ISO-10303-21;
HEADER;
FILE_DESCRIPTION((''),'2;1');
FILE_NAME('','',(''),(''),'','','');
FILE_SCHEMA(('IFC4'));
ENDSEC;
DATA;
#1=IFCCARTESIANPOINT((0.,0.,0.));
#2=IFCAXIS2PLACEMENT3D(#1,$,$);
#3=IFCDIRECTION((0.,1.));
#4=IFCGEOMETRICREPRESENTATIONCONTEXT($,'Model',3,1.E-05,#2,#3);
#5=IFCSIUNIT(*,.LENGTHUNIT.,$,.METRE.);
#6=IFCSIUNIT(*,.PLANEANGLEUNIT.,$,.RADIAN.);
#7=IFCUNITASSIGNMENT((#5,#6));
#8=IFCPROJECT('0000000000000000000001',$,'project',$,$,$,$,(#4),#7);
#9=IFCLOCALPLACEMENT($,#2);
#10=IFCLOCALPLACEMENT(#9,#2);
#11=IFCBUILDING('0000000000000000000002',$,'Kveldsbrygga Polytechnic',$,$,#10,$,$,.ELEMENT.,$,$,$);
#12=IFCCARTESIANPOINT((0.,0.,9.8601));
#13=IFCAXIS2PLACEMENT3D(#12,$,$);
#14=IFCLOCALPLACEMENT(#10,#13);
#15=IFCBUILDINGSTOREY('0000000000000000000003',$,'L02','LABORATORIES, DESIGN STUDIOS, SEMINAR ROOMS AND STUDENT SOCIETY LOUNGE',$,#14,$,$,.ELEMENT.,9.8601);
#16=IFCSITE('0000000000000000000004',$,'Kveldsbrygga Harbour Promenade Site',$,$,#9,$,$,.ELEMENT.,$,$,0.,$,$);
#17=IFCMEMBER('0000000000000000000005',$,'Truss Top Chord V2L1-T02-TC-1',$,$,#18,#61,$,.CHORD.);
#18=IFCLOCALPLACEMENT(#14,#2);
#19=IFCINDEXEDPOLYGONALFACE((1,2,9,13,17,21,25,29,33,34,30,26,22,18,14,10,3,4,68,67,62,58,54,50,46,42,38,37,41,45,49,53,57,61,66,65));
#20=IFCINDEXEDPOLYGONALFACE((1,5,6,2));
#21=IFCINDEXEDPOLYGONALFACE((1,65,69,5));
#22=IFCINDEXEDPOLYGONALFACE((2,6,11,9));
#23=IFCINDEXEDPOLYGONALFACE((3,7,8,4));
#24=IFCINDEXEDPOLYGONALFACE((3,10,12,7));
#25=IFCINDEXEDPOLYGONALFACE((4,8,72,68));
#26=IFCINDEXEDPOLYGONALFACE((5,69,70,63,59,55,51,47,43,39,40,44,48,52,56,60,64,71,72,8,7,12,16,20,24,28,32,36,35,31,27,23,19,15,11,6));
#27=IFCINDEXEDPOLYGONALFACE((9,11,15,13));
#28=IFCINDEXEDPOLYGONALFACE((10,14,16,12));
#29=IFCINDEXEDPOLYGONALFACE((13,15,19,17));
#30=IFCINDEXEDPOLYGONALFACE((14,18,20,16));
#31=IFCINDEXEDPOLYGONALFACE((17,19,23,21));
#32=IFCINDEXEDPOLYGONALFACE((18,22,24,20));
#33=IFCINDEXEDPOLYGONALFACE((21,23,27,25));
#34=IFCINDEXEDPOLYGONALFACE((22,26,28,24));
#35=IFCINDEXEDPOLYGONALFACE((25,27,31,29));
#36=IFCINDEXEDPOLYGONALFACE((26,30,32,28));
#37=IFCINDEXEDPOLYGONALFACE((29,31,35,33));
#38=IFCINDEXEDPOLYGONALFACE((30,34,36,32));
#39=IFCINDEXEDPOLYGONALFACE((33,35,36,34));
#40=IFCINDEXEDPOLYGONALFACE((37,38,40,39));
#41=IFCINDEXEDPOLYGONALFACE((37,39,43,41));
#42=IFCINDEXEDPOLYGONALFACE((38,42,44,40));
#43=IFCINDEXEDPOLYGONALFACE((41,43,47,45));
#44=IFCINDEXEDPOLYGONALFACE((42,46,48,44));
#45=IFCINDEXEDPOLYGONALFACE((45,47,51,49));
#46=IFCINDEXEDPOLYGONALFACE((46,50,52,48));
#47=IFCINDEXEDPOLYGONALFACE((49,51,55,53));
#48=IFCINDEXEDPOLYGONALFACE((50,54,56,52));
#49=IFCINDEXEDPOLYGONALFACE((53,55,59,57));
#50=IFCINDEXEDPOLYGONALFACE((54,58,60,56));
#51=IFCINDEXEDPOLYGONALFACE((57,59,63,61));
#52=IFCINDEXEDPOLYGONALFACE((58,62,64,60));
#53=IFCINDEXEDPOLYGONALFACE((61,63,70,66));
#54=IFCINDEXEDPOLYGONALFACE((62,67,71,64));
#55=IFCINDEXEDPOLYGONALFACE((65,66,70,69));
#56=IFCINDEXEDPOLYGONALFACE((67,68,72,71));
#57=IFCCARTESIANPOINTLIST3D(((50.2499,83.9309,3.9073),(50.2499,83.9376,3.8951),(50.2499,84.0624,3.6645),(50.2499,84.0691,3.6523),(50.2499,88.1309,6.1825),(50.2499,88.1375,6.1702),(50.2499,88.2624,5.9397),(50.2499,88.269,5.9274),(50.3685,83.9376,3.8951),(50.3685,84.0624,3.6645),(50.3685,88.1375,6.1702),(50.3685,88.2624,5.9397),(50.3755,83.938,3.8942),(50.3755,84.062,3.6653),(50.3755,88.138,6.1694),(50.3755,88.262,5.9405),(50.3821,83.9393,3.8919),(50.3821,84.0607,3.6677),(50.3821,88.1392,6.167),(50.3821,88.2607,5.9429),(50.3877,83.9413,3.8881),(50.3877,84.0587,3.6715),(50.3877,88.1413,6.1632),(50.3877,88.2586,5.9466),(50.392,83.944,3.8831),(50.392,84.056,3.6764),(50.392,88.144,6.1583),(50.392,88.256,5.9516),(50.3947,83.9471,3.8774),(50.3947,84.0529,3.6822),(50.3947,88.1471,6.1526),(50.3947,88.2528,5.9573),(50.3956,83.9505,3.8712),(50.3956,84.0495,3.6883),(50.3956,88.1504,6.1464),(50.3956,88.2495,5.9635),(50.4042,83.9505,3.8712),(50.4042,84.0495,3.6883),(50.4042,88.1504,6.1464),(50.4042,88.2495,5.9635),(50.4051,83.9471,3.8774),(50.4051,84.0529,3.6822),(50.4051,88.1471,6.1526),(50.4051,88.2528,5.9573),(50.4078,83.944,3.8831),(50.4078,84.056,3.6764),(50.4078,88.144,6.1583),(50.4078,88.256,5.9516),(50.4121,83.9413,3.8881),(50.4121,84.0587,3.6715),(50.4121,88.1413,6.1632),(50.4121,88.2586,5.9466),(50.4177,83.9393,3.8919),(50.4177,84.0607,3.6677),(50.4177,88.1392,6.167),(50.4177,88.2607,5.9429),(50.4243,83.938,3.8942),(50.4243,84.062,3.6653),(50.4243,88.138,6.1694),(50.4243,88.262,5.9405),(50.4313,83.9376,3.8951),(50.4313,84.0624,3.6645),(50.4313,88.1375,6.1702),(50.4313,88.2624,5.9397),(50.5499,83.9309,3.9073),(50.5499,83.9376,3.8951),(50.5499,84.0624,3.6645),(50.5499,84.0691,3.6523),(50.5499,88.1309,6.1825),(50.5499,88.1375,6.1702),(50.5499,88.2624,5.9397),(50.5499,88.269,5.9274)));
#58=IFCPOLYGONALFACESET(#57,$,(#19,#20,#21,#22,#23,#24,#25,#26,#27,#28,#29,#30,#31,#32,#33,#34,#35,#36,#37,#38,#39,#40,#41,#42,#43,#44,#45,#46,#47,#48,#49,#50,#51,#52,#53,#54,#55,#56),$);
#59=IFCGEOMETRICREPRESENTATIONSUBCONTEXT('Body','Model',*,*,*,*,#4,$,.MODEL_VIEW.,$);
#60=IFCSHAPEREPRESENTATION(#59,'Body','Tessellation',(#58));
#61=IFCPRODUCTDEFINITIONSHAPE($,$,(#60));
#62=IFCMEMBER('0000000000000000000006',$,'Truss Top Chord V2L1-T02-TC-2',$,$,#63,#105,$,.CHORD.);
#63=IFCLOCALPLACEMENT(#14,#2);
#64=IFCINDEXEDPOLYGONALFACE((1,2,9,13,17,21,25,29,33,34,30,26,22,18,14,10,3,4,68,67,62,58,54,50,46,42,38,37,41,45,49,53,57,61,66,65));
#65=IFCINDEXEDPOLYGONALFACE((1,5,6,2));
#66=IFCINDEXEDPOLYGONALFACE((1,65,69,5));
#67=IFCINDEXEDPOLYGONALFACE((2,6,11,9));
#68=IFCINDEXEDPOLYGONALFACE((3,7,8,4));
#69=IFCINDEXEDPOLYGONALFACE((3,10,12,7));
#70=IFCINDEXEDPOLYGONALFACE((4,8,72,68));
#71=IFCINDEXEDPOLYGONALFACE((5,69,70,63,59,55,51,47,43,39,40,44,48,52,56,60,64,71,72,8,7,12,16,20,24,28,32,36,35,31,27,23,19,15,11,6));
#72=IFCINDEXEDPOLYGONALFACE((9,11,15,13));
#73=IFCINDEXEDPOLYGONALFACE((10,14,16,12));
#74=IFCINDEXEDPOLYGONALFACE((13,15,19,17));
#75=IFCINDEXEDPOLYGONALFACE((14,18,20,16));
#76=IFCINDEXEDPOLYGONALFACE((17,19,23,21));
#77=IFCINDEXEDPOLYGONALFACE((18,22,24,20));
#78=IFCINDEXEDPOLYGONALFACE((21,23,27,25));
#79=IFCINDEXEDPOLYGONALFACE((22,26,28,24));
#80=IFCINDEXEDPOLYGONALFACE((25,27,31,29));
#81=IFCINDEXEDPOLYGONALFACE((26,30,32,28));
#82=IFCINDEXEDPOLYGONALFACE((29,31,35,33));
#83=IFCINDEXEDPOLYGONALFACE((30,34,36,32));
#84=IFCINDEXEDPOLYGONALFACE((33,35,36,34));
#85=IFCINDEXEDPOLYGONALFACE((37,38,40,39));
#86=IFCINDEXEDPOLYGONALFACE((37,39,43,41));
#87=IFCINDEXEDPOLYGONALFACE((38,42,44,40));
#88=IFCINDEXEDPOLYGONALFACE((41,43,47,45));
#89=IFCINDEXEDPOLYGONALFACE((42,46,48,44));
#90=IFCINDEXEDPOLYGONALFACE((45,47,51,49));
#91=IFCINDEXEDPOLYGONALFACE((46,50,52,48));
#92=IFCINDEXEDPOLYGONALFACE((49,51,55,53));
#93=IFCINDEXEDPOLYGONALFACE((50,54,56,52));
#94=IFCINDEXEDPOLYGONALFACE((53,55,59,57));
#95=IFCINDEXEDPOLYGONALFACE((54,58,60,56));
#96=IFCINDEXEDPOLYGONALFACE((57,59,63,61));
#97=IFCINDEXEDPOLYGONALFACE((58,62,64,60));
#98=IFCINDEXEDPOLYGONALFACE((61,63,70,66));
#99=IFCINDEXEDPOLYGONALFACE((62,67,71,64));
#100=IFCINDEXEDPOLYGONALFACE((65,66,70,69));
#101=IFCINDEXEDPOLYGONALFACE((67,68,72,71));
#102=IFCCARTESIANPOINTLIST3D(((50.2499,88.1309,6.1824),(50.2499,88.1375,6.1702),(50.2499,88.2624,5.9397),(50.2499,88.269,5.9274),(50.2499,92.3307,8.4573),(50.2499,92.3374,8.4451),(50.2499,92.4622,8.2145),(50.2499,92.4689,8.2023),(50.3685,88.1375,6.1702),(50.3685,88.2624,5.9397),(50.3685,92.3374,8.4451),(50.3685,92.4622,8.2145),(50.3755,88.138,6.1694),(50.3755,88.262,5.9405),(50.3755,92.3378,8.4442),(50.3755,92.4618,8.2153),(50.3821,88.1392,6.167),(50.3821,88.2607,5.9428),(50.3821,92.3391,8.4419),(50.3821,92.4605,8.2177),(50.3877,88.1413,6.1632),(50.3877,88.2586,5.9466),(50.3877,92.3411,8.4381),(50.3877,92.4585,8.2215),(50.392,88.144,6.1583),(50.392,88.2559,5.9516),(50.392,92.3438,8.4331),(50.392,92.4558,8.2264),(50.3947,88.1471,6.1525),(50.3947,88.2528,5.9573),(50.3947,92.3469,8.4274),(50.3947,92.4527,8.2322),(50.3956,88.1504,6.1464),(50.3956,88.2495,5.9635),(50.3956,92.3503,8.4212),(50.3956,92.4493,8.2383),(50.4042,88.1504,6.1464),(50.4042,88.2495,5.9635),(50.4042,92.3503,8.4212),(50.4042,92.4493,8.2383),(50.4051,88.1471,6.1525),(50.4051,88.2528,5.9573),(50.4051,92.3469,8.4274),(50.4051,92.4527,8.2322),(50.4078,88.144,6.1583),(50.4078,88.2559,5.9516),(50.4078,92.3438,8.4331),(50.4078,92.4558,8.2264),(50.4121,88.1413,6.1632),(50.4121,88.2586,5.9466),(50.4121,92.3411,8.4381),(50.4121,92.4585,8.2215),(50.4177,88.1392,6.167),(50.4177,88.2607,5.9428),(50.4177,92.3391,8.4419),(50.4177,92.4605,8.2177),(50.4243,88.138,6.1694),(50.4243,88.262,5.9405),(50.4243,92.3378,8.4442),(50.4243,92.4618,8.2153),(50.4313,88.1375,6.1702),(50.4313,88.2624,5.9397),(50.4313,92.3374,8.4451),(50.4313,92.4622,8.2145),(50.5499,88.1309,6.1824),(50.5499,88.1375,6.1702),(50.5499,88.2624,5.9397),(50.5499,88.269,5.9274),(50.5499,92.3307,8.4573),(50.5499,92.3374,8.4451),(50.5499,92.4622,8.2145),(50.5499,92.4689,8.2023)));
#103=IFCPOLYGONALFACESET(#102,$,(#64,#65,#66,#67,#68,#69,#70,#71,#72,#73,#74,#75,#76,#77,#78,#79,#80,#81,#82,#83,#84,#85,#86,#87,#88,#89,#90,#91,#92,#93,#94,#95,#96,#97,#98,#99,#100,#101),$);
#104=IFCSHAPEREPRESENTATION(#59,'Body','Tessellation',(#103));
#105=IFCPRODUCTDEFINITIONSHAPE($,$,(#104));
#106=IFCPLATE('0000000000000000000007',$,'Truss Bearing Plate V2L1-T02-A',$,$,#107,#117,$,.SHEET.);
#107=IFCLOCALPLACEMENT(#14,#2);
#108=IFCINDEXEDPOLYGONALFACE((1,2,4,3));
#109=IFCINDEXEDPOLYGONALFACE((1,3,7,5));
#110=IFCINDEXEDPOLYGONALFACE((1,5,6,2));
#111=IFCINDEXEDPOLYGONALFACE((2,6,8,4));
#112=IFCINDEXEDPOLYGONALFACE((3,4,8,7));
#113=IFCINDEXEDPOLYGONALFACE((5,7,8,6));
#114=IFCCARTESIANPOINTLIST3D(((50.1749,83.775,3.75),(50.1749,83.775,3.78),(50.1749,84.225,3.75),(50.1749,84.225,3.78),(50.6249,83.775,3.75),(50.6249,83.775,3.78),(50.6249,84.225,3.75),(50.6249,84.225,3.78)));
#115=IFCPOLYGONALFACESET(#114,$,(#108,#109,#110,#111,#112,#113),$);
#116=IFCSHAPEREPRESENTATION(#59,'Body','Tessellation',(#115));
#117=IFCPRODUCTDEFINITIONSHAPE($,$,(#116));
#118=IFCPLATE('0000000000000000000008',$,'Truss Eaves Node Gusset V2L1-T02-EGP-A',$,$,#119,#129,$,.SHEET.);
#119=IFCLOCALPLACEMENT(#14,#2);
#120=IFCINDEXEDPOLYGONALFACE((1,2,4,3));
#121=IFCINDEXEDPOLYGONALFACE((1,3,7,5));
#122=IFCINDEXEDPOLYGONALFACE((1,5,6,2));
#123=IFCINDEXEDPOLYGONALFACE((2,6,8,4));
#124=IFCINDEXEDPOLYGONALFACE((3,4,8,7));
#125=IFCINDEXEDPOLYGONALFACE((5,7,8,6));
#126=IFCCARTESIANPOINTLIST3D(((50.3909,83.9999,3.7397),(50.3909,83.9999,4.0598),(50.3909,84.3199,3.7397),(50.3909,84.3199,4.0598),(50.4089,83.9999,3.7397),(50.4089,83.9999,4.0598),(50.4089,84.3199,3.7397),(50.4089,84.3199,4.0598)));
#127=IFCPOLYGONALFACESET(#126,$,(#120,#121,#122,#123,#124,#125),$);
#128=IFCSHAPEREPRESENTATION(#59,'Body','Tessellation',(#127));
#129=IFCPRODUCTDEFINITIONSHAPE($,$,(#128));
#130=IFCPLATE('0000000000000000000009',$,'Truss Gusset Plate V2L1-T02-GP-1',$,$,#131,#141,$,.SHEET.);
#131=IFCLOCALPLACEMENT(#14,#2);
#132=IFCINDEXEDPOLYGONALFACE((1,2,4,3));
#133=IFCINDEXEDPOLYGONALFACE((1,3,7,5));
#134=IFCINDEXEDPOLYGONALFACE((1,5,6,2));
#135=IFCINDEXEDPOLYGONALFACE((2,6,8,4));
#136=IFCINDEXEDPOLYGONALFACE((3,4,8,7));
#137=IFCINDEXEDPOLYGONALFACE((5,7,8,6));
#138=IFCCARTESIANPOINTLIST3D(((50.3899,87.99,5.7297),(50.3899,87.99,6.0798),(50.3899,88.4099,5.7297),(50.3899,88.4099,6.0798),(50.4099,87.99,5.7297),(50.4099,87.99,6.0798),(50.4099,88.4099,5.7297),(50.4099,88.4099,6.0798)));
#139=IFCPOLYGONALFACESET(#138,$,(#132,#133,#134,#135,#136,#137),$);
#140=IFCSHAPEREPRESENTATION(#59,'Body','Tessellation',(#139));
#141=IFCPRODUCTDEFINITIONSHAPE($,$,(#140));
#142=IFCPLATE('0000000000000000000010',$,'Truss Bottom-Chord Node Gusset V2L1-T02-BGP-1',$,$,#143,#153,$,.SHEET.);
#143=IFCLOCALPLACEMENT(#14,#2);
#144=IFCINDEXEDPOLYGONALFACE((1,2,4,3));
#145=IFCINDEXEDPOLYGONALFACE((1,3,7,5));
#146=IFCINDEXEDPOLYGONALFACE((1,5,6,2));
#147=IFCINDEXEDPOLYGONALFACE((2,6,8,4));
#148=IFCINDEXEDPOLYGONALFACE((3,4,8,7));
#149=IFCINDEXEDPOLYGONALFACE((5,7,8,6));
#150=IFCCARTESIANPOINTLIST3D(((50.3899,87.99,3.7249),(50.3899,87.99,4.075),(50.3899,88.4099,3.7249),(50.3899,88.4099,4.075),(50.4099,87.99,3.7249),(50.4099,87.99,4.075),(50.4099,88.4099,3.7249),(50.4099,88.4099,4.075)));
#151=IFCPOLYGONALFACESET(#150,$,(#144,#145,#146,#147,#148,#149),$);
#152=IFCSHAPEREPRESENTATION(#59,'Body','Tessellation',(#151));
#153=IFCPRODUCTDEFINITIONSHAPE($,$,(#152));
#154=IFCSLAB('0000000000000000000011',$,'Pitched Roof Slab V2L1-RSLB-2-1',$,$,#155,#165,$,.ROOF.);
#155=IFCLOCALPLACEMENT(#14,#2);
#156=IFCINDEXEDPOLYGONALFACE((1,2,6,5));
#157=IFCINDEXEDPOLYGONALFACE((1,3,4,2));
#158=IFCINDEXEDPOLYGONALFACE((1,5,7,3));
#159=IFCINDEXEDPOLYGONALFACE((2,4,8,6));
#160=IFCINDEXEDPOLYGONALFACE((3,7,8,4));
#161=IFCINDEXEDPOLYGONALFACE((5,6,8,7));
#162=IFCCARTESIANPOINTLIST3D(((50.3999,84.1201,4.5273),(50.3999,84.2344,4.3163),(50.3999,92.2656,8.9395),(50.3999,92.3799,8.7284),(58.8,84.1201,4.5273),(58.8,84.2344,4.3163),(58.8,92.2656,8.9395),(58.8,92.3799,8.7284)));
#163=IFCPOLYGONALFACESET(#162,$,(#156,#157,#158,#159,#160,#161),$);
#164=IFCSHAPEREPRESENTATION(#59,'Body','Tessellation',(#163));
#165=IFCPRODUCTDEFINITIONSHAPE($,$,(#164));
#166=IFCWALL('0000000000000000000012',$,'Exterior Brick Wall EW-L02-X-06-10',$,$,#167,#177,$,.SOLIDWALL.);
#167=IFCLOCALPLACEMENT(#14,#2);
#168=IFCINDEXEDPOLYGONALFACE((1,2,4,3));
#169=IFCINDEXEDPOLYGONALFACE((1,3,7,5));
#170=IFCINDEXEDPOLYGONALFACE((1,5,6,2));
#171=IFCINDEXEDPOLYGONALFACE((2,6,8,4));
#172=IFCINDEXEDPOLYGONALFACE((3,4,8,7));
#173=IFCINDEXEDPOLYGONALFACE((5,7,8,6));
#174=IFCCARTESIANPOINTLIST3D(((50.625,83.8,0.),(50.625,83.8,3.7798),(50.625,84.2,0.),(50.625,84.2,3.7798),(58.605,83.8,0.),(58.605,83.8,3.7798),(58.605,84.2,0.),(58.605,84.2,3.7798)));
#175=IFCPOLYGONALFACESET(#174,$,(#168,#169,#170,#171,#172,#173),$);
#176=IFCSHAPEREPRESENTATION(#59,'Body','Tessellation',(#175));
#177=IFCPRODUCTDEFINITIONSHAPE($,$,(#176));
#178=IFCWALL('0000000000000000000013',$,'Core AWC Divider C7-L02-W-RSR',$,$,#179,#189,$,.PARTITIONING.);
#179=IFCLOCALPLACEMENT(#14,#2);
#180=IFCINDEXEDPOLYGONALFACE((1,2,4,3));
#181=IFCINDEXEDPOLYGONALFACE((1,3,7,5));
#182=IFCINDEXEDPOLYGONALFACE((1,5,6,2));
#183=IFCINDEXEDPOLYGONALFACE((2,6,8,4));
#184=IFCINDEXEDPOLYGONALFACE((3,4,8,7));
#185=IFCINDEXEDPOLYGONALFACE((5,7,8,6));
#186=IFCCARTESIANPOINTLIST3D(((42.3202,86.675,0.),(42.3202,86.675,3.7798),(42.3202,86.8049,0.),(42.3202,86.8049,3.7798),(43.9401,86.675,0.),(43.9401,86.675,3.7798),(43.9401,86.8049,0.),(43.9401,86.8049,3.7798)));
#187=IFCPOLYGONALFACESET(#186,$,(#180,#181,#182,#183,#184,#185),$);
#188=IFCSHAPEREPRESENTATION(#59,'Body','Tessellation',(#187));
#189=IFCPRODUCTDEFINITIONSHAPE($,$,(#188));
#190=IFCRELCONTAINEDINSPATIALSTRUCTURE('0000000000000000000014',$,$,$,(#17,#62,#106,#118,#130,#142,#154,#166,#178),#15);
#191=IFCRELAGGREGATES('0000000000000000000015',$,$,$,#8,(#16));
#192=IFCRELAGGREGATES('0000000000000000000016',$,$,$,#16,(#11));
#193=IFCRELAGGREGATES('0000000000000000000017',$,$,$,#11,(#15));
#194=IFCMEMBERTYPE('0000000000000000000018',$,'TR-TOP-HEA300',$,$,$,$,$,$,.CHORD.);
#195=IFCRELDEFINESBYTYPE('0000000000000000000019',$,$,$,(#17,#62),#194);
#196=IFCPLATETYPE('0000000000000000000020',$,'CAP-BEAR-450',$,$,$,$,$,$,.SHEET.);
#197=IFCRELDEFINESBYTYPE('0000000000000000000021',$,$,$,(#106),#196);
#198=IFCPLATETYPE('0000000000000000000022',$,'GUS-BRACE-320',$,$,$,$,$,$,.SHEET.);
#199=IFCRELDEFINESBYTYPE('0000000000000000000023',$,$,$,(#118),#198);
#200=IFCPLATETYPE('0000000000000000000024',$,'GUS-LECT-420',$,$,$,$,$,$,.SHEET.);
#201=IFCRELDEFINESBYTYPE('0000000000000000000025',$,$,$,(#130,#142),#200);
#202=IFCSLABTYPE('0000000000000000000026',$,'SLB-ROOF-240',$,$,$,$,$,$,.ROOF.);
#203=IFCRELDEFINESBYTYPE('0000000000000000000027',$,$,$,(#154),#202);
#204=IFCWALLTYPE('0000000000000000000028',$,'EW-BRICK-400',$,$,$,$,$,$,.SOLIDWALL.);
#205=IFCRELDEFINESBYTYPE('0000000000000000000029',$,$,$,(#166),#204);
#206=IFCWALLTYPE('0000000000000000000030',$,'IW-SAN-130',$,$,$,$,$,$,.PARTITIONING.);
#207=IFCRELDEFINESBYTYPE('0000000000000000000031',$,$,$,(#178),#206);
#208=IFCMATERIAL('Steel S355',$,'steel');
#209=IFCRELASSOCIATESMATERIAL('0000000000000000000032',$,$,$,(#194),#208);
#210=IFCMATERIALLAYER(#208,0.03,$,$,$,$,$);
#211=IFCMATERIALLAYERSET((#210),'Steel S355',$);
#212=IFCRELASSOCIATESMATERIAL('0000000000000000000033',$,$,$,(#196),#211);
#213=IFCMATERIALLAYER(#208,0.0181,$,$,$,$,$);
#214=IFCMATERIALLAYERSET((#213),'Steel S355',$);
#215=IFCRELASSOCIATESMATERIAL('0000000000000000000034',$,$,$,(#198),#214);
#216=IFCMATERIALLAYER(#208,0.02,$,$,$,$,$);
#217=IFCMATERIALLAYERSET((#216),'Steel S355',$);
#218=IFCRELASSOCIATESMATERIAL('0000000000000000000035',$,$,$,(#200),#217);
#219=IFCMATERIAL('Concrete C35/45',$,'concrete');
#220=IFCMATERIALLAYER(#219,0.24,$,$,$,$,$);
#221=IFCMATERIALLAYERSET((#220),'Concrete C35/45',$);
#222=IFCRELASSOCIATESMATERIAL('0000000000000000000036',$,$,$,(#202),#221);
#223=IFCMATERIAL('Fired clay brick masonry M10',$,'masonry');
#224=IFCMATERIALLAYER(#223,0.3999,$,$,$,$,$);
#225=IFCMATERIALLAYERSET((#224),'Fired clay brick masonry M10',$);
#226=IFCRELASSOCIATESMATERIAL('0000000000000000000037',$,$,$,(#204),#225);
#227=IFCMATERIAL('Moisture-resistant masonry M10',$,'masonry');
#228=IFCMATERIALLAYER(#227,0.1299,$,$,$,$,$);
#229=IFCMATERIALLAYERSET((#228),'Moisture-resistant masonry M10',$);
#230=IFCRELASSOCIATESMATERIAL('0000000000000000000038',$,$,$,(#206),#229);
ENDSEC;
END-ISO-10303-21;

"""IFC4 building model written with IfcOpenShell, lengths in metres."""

from ifc_helpers import new_model, si_unit, direction, frame, frame_2d, origin, origin_2d, place, context, subcontext, project, spatial, polyline, rectangle, i_section, outline, extrude, material, layer, layer_set, material_profile, profile_set, type_object, element, save


model = new_model("IFC4")

# Units and contexts
model_context = context("Model", 3, precision=1e-05, world=origin(), true_north=direction((0.0, 1.0)))
body_context = subcontext(model_context, "Body", "Model", "MODEL_VIEW")
ifc_project = project(units=[si_unit("LENGTHUNIT", "METRE"), si_unit("PLANEANGLEUNIT", "RADIAN")], contexts=[model_context])

# Site, building, storey
site_placement = place(None, origin())
site = spatial("IfcSite", under=ifc_project, at=site_placement, Name="Kveldsbrygga Harbour Promenade Site", CompositionType="ELEMENT", RefElevation=0.0)
building_placement = place(site_placement, origin())
building = spatial("IfcBuilding", under=site, at=building_placement, Name="Kveldsbrygga Polytechnic", CompositionType="ELEMENT")
storey_placement = place(building_placement, frame((0.0, 0.0, 9.8601)))
storey = spatial("IfcBuildingStorey", under=building, at=storey_placement, Name="L02", Description="LABORATORIES, DESIGN STUDIOS, SEMINAR ROOMS AND STUDENT SOCIETY LOUNGE", CompositionType="ELEMENT", Elevation=9.8601)

# Members
ifc_material_1 = material(Name="Steel S355", Category="steel")
ifc_material_profile_1 = material_profile(ifc_material_1, i_section(OverallWidth=0.3, OverallDepth=0.29, WebThickness=0.0085, FlangeThickness=0.0139, FilletRadius=0.0271, at=origin_2d()), Name="HEA 300")
ifc_profile_set_1 = profile_set([ifc_material_profile_1], Name="Steel S355")
member_type_1 = type_object("IfcMemberType", Name="TR-TOP-HEA300", PredefinedType="CHORD", material=ifc_profile_set_1)
member_1_placement = place(storey_placement, frame((50.3999, 84.0, 3.7798), z_axis=(0.0, 0.879277, 0.476311), x_axis=(-1.0, 0.0, 0.0)))
element("IfcMember", 1, at=member_1_placement, inside=storey, type_object=member_type_1, Name="Truss Top Chord V2L1-T02-TC-1", PredefinedType="CHORD", context=body_context, shape_type="SweptSolid", body=[
    extrude(i_section(OverallWidth=0.3, OverallDepth=0.29, WebThickness=0.0085, FlangeThickness=0.0139, FilletRadius=0.0271, at=origin_2d()), origin(), (0.0, 0.0, 1.0), 4.7766),
])
member_2_placement = place(storey_placement, frame((50.3999, 88.2, 6.0549), z_axis=(0.0, 0.879298, 0.476272), x_axis=(-1.0, 0.0, 0.0)))
element("IfcMember", 2, at=member_2_placement, inside=storey, type_object=member_type_1, Name="Truss Top Chord V2L1-T02-TC-2", PredefinedType="CHORD", context=body_context, shape_type="SweptSolid", body=[
    extrude(i_section(OverallWidth=0.3, OverallDepth=0.29, WebThickness=0.0085, FlangeThickness=0.0139, FilletRadius=0.0271, at=origin_2d()), origin(), (0.0, 0.0, 1.0), 4.7764),
])

# Plates
ifc_layer_1 = layer(ifc_material_1, 0.03)
ifc_layer_set_1 = layer_set([ifc_layer_1], Name="Steel S355")
plate_type_1 = type_object("IfcPlateType", Name="CAP-BEAR-450", PredefinedType="SHEET", material=ifc_layer_set_1)
plate_1_placement = place(storey_placement, frame((50.3999, 84.0, 3.75), z_axis=(0.0, 0.0, 1.0), x_axis=(1.0, 0.0, 0.0)))
element("IfcPlate", 3, at=plate_1_placement, inside=storey, type_object=plate_type_1, Name="Truss Bearing Plate V2L1-T02-A", PredefinedType="SHEET", context=body_context, shape_type="SweptSolid", body=[
    extrude(rectangle(XDim=0.45, YDim=0.45, at=origin_2d()), origin(), (0.0, 0.0, 1.0), 0.03),
])
ifc_layer_2 = layer(ifc_material_1, 0.0181)
ifc_layer_set_2 = layer_set([ifc_layer_2], Name="Steel S355")
plate_type_2 = type_object("IfcPlateType", Name="GUS-BRACE-320", PredefinedType="SHEET", material=ifc_layer_set_2)
plate_2_placement = place(storey_placement, frame((50.3999, 84.1599, 3.7397), z_axis=(0.0, 0.0, 1.0), x_axis=(1.0, 0.0, 0.0)))
element("IfcPlate", 4, at=plate_2_placement, inside=storey, type_object=plate_type_2, Name="Truss Eaves Node Gusset V2L1-T02-EGP-A", PredefinedType="SHEET", context=body_context, shape_type="SweptSolid", body=[
    extrude(rectangle(XDim=0.0181, YDim=0.3201, at=origin_2d()), origin(), (0.0, 0.0, 1.0), 0.3201),
])
ifc_layer_3 = layer(ifc_material_1, 0.02)
ifc_layer_set_3 = layer_set([ifc_layer_3], Name="Steel S355")
plate_type_3 = type_object("IfcPlateType", Name="GUS-LECT-420", PredefinedType="SHEET", material=ifc_layer_set_3)
for number, where, z_axis, x_axis, name in (
    (5, (50.3999, 88.2, 5.7297), (0.0, 0.0, 1.0), (1.0, 0.0, 0.0), "Truss Gusset Plate V2L1-T02-GP-1"),
    (6, (50.3999, 88.2, 3.7249), (0.0, 0.0, 1.0), (1.0, 0.0, 0.0), "Truss Bottom-Chord Node Gusset V2L1-T02-BGP-1"),
):
    element("IfcPlate", number, at=place(storey_placement, frame(where, z_axis=z_axis, x_axis=x_axis)), inside=storey, type_object=plate_type_3, Name=name, PredefinedType="SHEET", context=body_context, shape_type="SweptSolid", body=[
        extrude(rectangle(XDim=0.02, YDim=0.4199, at=origin_2d()), origin(), (0.0, 0.0, 1.0), 0.3501),
    ])

# Slab
ifc_material_2 = material(Name="Concrete C35/45", Category="concrete")
ifc_layer_4 = layer(ifc_material_2, 0.24)
ifc_layer_set_4 = layer_set([ifc_layer_4], Name="Concrete C35/45")
slab_type = type_object("IfcSlabType", Name="SLB-ROOF-240", PredefinedType="ROOF", material=ifc_layer_set_4)
slab_placement = place(storey_placement, frame((50.3999, 84.1201, 4.5273), z_axis=(0.0, -0.47628, 0.879294), x_axis=(1.0, 0.0, 0.0)))
element("IfcSlab", 7, at=slab_placement, inside=storey, type_object=slab_type, Name="Pitched Roof Slab V2L1-RSLB-2-1", PredefinedType="ROOF", context=body_context, shape_type="SweptSolid", body=[
    extrude(outline(polyline([(0.0, 0.0), (8.4001, 0.0), (8.4001, 9.2637), (0.0, 9.2637), (0.0, 0.0)])), origin(), (0.0, 0.0, -1.0), 0.24),
])

# Walls
ifc_material_3 = material(Name="Fired clay brick masonry M10", Category="masonry")
ifc_layer_5 = layer(ifc_material_3, 0.3999)
ifc_layer_set_5 = layer_set([ifc_layer_5], Name="Fired clay brick masonry M10")
wall_type_1 = type_object("IfcWallType", Name="EW-BRICK-400", PredefinedType="SOLIDWALL", material=ifc_layer_set_5)
wall_1_placement = place(storey_placement, frame((50.625, 84.0, 0.0), z_axis=(0.0, 0.0, 1.0), x_axis=(1.0, 0.0, 0.0)))
element("IfcWall", 8, at=wall_1_placement, inside=storey, type_object=wall_type_1, Name="Exterior Brick Wall EW-L02-X-06-10", PredefinedType="SOLIDWALL", context=body_context, shape_type="SweptSolid", body=[
    extrude(rectangle(XDim=7.98, YDim=0.3999, at=frame_2d((3.99, 0.0))), origin(), (0.0, 0.0, 1.0), 3.7798),
])
ifc_material_4 = material(Name="Moisture-resistant masonry M10", Category="masonry")
ifc_layer_6 = layer(ifc_material_4, 0.1299)
ifc_layer_set_6 = layer_set([ifc_layer_6], Name="Moisture-resistant masonry M10")
wall_type_2 = type_object("IfcWallType", Name="IW-SAN-130", PredefinedType="PARTITIONING", material=ifc_layer_set_6)
wall_2_placement = place(storey_placement, frame((42.3201, 86.74, 0.0), z_axis=(0.0, 0.0, 1.0), x_axis=(1.0, 0.0, 0.0)))
element("IfcWall", 9, at=wall_2_placement, inside=storey, type_object=wall_type_2, Name="Core AWC Divider C7-L02-W-RSR", PredefinedType="PARTITIONING", context=body_context, shape_type="SweptSolid", body=[
    extrude(rectangle(XDim=1.6199, YDim=0.1299, at=frame_2d((0.8101, 0.0))), origin(), (0.0, 0.0, 1.0), 3.7798),
])

save(model, "model.ifc")
